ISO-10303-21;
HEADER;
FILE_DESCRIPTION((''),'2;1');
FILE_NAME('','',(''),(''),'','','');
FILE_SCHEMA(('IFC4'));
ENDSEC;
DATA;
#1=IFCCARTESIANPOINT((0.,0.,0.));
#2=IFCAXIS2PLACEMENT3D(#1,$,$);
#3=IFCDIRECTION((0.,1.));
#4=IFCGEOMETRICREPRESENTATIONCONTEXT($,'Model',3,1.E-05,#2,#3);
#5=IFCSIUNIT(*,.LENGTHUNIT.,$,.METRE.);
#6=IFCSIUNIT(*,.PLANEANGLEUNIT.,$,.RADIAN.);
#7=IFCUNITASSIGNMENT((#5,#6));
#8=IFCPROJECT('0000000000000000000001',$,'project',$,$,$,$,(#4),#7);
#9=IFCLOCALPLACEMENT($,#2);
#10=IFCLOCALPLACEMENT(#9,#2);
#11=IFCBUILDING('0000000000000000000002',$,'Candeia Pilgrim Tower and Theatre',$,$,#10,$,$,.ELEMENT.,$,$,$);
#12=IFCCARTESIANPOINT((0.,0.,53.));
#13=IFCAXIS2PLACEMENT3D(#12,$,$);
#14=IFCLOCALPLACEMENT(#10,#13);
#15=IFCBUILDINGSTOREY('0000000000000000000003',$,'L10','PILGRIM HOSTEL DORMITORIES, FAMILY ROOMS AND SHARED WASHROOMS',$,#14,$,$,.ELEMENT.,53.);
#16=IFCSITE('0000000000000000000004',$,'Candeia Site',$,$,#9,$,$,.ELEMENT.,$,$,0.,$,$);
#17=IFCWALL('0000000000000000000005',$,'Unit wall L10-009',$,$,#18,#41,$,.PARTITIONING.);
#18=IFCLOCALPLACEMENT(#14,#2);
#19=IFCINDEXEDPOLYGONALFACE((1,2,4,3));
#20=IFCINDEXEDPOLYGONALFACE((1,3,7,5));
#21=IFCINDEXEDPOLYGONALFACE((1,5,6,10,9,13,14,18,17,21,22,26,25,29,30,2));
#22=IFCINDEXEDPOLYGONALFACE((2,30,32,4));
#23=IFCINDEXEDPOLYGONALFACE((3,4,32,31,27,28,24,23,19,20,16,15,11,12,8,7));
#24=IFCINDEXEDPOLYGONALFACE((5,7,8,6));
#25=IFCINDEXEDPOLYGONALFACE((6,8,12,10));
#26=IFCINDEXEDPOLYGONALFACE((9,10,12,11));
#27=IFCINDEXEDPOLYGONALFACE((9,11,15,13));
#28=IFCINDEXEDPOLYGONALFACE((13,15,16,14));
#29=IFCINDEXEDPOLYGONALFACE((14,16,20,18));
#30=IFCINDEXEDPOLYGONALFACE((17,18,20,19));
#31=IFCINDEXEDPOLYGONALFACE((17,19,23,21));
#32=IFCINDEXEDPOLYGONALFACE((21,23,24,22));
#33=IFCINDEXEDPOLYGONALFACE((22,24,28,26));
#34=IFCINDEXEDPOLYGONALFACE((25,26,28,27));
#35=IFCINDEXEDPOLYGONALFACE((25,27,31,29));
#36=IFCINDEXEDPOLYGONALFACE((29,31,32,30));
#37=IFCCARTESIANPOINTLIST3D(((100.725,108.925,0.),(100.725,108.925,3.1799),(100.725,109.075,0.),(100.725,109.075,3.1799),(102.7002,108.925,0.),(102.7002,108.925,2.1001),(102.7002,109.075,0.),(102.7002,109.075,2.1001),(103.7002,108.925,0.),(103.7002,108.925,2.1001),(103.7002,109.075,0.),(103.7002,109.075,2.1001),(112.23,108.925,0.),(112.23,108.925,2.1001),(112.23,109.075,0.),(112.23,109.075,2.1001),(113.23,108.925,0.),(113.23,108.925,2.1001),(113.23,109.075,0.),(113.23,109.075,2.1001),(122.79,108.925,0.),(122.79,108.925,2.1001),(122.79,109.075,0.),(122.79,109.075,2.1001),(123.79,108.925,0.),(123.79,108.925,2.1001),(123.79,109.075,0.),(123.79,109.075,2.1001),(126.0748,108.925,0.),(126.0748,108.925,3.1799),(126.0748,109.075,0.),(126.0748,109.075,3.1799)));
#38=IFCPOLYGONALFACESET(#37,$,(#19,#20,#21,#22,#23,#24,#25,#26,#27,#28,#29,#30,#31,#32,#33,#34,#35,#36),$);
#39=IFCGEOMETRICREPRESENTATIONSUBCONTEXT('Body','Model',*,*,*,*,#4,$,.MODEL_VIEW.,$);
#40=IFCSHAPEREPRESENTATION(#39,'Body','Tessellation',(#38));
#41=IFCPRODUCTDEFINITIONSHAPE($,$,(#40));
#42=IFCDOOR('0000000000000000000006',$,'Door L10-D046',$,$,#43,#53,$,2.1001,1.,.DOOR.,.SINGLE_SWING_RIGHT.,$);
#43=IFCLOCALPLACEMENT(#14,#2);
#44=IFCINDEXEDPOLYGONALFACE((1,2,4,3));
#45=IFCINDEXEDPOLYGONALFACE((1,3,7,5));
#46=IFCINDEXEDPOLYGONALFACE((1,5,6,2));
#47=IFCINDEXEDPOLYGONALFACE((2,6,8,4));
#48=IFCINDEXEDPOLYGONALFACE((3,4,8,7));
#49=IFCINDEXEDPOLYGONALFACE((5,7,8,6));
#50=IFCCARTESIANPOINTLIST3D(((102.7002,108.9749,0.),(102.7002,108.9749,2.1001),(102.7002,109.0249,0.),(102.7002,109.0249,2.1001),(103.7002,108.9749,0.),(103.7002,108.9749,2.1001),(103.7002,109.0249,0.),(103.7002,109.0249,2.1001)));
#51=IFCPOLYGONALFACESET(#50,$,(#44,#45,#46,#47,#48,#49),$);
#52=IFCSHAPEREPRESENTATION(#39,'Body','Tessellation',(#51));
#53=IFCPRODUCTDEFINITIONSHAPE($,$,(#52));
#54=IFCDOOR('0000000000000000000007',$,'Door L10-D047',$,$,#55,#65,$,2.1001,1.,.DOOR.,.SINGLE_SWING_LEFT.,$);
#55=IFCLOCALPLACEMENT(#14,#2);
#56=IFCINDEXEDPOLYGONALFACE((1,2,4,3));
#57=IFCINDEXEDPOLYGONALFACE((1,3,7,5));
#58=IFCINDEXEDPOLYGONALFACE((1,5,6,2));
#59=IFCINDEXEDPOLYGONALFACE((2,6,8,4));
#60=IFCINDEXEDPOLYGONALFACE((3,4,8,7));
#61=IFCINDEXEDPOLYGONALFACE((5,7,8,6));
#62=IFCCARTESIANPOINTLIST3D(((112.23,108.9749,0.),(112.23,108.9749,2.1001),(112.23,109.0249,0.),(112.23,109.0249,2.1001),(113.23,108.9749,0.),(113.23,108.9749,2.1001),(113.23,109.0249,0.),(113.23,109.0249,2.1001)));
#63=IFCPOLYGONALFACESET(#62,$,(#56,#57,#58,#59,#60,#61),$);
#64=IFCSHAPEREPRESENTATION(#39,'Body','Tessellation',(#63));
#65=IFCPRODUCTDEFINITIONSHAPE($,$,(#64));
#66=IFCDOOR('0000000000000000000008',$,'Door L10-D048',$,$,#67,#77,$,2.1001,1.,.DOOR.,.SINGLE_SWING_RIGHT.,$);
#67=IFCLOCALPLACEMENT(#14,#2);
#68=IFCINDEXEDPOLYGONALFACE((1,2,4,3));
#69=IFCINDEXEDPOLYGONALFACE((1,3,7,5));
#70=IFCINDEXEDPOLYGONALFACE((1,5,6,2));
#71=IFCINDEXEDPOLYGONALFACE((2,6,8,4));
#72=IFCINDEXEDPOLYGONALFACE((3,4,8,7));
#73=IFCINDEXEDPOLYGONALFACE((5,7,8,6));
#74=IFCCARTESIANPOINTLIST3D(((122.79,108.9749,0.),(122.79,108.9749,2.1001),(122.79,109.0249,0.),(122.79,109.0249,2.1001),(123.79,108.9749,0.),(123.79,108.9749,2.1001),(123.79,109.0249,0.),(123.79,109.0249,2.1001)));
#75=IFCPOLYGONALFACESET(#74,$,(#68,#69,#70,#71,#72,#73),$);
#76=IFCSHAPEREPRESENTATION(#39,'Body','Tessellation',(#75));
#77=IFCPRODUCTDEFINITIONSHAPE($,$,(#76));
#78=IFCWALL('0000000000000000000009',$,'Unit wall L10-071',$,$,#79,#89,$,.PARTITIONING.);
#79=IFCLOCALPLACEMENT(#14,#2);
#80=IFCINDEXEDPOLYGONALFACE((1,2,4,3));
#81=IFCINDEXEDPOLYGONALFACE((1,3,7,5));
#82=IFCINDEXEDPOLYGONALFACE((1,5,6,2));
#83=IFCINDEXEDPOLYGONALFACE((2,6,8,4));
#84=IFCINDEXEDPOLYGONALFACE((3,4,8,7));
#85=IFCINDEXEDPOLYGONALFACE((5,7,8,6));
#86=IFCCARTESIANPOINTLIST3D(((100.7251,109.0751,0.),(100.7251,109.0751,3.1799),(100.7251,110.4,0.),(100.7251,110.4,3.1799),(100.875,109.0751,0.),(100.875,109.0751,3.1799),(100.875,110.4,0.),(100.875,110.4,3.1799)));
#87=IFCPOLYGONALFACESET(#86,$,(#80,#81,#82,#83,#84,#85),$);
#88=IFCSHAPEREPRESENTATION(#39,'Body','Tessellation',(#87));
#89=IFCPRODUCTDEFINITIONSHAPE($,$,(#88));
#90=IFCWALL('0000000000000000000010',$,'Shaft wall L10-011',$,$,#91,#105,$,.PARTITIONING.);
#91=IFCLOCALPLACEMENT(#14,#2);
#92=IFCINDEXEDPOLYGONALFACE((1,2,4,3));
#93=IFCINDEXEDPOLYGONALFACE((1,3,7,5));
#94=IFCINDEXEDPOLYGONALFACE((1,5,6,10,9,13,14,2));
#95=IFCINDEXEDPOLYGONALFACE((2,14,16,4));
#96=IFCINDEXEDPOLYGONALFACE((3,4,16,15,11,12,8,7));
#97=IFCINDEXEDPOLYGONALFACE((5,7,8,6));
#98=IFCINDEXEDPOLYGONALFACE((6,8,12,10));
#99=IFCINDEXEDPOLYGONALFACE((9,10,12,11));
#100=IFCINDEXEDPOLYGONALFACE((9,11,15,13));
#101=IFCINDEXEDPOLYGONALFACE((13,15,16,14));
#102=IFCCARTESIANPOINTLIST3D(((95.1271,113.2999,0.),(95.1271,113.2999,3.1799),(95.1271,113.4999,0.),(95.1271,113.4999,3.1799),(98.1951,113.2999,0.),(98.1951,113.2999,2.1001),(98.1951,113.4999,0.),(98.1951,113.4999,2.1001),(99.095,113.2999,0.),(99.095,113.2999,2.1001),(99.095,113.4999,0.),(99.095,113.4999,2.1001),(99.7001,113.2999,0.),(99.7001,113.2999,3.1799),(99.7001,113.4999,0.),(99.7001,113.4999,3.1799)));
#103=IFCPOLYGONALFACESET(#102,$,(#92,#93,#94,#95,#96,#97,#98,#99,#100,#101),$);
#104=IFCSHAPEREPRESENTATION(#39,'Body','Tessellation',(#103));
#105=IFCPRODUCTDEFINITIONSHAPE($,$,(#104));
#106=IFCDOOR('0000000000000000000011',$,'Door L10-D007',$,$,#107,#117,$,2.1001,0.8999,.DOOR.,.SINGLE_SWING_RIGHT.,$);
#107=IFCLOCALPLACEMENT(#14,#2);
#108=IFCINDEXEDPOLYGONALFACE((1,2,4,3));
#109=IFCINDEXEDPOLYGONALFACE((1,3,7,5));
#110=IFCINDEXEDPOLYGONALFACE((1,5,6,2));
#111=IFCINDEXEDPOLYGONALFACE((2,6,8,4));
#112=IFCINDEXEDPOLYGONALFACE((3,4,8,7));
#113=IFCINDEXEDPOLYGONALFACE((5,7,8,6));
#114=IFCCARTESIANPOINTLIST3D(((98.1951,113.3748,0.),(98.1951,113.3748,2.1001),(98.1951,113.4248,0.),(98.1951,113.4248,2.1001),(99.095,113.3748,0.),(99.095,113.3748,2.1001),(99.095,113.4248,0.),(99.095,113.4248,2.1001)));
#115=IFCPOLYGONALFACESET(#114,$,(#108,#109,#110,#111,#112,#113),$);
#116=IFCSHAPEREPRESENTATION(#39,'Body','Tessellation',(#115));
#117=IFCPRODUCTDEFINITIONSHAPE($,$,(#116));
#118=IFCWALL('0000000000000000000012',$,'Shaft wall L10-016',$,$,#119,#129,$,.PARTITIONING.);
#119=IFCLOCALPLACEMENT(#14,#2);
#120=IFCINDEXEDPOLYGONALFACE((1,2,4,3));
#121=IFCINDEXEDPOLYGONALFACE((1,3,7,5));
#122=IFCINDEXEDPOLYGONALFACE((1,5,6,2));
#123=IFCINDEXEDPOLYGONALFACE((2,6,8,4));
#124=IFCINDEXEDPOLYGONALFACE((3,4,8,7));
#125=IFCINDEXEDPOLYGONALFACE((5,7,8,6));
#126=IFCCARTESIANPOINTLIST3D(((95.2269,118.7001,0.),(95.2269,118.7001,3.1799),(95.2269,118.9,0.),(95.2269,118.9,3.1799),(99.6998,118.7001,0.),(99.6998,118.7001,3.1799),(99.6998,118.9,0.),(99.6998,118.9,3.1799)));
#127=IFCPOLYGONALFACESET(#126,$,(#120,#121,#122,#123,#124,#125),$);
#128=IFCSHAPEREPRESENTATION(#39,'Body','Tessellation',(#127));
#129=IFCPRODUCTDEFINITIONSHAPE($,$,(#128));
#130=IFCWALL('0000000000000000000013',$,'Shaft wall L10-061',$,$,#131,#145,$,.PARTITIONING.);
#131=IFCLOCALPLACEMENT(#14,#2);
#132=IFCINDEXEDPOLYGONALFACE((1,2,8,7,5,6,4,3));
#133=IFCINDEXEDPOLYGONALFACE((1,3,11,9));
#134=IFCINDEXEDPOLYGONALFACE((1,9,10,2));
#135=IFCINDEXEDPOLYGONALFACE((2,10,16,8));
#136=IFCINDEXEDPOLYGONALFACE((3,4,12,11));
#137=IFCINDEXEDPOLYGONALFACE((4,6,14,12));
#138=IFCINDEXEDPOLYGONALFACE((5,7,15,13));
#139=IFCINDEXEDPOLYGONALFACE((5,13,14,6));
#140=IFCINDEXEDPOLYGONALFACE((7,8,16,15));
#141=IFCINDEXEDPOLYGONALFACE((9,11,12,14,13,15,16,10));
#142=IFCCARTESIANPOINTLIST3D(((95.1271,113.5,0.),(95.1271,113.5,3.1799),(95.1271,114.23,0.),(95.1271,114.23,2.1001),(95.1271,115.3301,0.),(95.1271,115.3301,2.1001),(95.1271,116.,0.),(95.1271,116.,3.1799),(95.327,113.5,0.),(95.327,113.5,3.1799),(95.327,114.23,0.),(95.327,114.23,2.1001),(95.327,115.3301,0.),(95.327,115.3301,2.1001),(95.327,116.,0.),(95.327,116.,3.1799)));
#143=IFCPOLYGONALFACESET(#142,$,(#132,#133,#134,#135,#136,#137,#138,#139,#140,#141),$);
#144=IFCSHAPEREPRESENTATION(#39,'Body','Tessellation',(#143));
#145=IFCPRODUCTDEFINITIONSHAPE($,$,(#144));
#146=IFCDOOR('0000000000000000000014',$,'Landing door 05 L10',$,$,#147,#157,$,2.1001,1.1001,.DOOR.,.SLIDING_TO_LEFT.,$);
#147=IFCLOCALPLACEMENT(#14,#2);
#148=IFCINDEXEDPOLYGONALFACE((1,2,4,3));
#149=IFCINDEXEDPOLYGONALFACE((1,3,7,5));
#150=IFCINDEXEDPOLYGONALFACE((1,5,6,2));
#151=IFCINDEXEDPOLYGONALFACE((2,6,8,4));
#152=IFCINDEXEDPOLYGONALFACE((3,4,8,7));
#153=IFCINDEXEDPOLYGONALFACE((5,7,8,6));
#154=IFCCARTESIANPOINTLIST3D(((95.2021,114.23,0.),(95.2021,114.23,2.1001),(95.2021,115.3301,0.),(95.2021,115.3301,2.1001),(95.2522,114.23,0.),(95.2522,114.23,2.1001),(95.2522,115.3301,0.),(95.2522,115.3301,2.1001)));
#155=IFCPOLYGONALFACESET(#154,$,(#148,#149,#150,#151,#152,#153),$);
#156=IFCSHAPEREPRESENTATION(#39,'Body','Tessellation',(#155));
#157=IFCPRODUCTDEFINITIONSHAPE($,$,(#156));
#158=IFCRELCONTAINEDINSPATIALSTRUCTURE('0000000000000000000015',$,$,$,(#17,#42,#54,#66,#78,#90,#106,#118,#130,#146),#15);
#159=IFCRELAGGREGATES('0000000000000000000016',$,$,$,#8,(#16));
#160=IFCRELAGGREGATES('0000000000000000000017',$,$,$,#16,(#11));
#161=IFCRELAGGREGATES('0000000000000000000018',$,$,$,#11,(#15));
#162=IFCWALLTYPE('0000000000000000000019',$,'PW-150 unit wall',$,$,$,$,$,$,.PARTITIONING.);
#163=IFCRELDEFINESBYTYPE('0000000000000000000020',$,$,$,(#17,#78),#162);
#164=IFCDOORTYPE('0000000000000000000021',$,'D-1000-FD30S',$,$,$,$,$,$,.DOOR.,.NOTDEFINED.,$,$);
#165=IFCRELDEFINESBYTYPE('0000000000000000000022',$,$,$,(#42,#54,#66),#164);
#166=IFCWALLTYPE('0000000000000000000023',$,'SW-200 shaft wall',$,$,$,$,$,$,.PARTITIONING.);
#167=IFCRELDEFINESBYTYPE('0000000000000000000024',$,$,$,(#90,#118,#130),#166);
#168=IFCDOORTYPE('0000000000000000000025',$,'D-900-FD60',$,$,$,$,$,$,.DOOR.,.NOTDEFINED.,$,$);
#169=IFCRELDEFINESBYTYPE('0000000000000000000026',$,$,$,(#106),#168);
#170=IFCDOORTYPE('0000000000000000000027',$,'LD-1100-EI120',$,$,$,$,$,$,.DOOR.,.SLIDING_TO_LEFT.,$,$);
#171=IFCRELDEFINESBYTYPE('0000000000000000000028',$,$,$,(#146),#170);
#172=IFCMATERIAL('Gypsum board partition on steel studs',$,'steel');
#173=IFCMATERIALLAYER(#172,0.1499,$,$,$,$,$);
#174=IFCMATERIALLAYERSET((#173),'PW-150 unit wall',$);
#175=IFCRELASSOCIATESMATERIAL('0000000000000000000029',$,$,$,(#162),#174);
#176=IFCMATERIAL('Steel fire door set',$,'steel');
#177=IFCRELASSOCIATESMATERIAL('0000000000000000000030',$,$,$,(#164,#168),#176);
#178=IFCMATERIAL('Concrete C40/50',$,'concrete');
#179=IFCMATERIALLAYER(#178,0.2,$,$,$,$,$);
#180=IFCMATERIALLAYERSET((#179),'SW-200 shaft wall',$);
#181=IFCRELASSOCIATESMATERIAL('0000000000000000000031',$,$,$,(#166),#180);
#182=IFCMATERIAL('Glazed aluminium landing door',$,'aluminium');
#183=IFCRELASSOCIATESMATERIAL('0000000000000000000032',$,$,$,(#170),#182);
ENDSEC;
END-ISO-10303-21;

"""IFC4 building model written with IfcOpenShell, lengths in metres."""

from ifc_helpers import new_model, si_unit, direction, frame, frame_2d, origin, place, context, subcontext, project, spatial, rectangle, extrude, material, layer, layer_set, type_object, element, fill, save


model = new_model("IFC4")

# Units and contexts
model_context = context("Model", 3, precision=1e-05, world=origin(), true_north=direction((0.0, 1.0)))
body_context = subcontext(model_context, "Body", "Model", "MODEL_VIEW")
ifc_project = project(units=[si_unit("LENGTHUNIT", "METRE"), si_unit("PLANEANGLEUNIT", "RADIAN")], contexts=[model_context])

# Site, building, storey
site_placement = place(None, origin())
site = spatial("IfcSite", under=ifc_project, at=site_placement, Name="Candeia Site", CompositionType="ELEMENT", RefElevation=0.0)
building_placement = place(site_placement, origin())
building = spatial("IfcBuilding", under=site, at=building_placement, Name="Candeia Pilgrim Tower and Theatre", CompositionType="ELEMENT")
storey_placement = place(building_placement, frame((0.0, 0.0, 53.0)))
storey = spatial("IfcBuildingStorey", under=building, at=storey_placement, Name="L10", Description="PILGRIM HOSTEL DORMITORIES, FAMILY ROOMS AND SHARED WASHROOMS", CompositionType="ELEMENT", Elevation=53.0)

# Shared definitions
ifc_material_1 = material(Name="Steel fire door set", Category="steel")

# Shared definitions
ifc_material_2 = material(Name="Gypsum board partition on steel studs", Category="steel")

# Wall, openings, doors
ifc_layer_1 = layer(ifc_material_2, 0.1499)
ifc_layer_set_1 = layer_set([ifc_layer_1], Name="PW-150 unit wall")
wall_type_1 = type_object("IfcWallType", Name="PW-150 unit wall", PredefinedType="PARTITIONING", material=ifc_layer_set_1)
wall_1_placement = place(storey_placement, frame((100.7251, 109.0, 0.0), z_axis=(0.0, 0.0, 1.0), x_axis=(1.0, 0.0, 0.0)))
wall_1 = element("IfcWall", 1, at=wall_1_placement, inside=storey, type_object=wall_type_1, Name="Unit wall L10-009", PredefinedType="PARTITIONING", context=body_context, shape_type="SweptSolid", body=[
    extrude(rectangle(XDim=25.3499, YDim=0.1499, at=frame_2d((12.6748, 0.0))), origin(), (0.0, 0.0, 1.0), 3.1799),
])
opening_1_placement = place(wall_1_placement, frame((1.9751, 0.0, 0.0)))
opening_1 = element("IfcOpeningElement", 2, at=opening_1_placement, cuts=wall_1, PredefinedType="OPENING", context=body_context, shape_type="SweptSolid", body=[
    extrude(rectangle(XDim=1.0, YDim=2.1001, at=frame_2d((0.5, 1.05))), frame((0.0, 0.085, 0.0), z_axis=(0.0, -1.0, 0.0), x_axis=(1.0, 0.0, 0.0)), (0.0, 0.0, 1.0), 0.1699),
])
opening_2_placement = place(wall_1_placement, frame((11.5049, 0.0, 0.0)))
opening_2 = element("IfcOpeningElement", 3, at=opening_2_placement, cuts=wall_1, PredefinedType="OPENING", context=body_context, shape_type="SweptSolid", body=[
    extrude(rectangle(XDim=1.0, YDim=2.1001, at=frame_2d((0.5, 1.05))), frame((0.0, 0.085, 0.0), z_axis=(0.0, -1.0, 0.0), x_axis=(1.0, 0.0, 0.0)), (0.0, 0.0, 1.0), 0.1699),
])
opening_3_placement = place(wall_1_placement, frame((22.0649, 0.0, 0.0)))
opening_3 = element("IfcOpeningElement", 4, at=opening_3_placement, cuts=wall_1, PredefinedType="OPENING", context=body_context, shape_type="SweptSolid", body=[
    extrude(rectangle(XDim=1.0, YDim=2.1001, at=frame_2d((0.5, 1.05))), frame((0.0, 0.085, 0.0), z_axis=(0.0, -1.0, 0.0), x_axis=(1.0, 0.0, 0.0)), (0.0, 0.0, 1.0), 0.1699),
])
door_type_1 = type_object("IfcDoorType", Name="D-1000-FD30S", OperationType="NOTDEFINED", PredefinedType="DOOR", material=ifc_material_1)
door_1_placement = place(opening_1_placement, origin())
door_1 = element("IfcDoor", 5, at=door_1_placement, inside=storey, type_object=door_type_1, Name="Door L10-D046", OperationType="SINGLE_SWING_RIGHT", OverallHeight=2.1001, OverallWidth=1.0, PredefinedType="DOOR", context=body_context, shape_type="SweptSolid", body=[
    extrude(rectangle(XDim=1.0, YDim=2.1001, at=frame_2d((0.5, 1.05))), frame((0.0, 0.0249, 0.0), z_axis=(0.0, -1.0, 0.0), x_axis=(1.0, 0.0, 0.0)), (0.0, 0.0, 1.0), 0.05),
])
fill(opening_1, door_1)
door_2_placement = place(opening_2_placement, origin())
door_2 = element("IfcDoor", 6, at=door_2_placement, inside=storey, type_object=door_type_1, Name="Door L10-D047", OperationType="SINGLE_SWING_LEFT", OverallHeight=2.1001, OverallWidth=1.0, PredefinedType="DOOR", context=body_context, shape_type="SweptSolid", body=[
    extrude(rectangle(XDim=1.0, YDim=2.1001, at=frame_2d((0.5, 1.05))), frame((0.0, 0.0249, 0.0), z_axis=(0.0, -1.0, 0.0), x_axis=(1.0, 0.0, 0.0)), (0.0, 0.0, 1.0), 0.05),
])
fill(opening_2, door_2)
door_3_placement = place(opening_3_placement, origin())
door_3 = element("IfcDoor", 7, at=door_3_placement, inside=storey, type_object=door_type_1, Name="Door L10-D048", OperationType="SINGLE_SWING_RIGHT", OverallHeight=2.1001, OverallWidth=1.0, PredefinedType="DOOR", context=body_context, shape_type="SweptSolid", body=[
    extrude(rectangle(XDim=1.0, YDim=2.1001, at=frame_2d((0.5, 1.05))), frame((0.0, 0.0249, 0.0), z_axis=(0.0, -1.0, 0.0), x_axis=(1.0, 0.0, 0.0)), (0.0, 0.0, 1.0), 0.05),
])
fill(opening_3, door_3)

# Wall
wall_2_placement = place(storey_placement, frame((100.8, 109.075, 0.0), z_axis=(0.0, 0.0, 1.0), x_axis=(0.0, 1.0, 0.0)))
element("IfcWall", 8, at=wall_2_placement, inside=storey, type_object=wall_type_1, Name="Unit wall L10-071", PredefinedType="PARTITIONING", context=body_context, shape_type="SweptSolid", body=[
    extrude(rectangle(XDim=1.325, YDim=0.1499, at=frame_2d((0.6626, 0.0))), origin(), (0.0, 0.0, 1.0), 3.1799),
])

# Wall, opening, door
ifc_material_3 = material(Name="Concrete C40/50", Category="concrete")
ifc_layer_2 = layer(ifc_material_3, 0.2)
ifc_layer_set_2 = layer_set([ifc_layer_2], Name="SW-200 shaft wall")
wall_type_2 = type_object("IfcWallType", Name="SW-200 shaft wall", PredefinedType="PARTITIONING", material=ifc_layer_set_2)
wall_3_placement = place(storey_placement, frame((95.127, 113.3999, 0.0), z_axis=(0.0, 0.0, 1.0), x_axis=(1.0, 0.0, 0.0)))
wall_3 = element("IfcWall", 9, at=wall_3_placement, inside=storey, type_object=wall_type_2, Name="Shaft wall L10-011", PredefinedType="PARTITIONING", context=body_context, shape_type="SweptSolid", body=[
    extrude(rectangle(XDim=4.573, YDim=0.2, at=frame_2d((2.2866, 0.0))), origin(), (0.0, 0.0, 1.0), 3.1799),
])
opening_4_placement = place(wall_3_placement, frame((3.0681, 0.0, 0.0)))
opening_4 = element("IfcOpeningElement", 10, at=opening_4_placement, cuts=wall_3, PredefinedType="OPENING", context=body_context, shape_type="SweptSolid", body=[
    extrude(rectangle(XDim=0.8999, YDim=2.1001, at=frame_2d((0.45, 1.05))), frame((0.0, 0.1099, 0.0), z_axis=(0.0, -1.0, 0.0), x_axis=(1.0, 0.0, 0.0)), (0.0, 0.0, 1.0), 0.22),
])
door_type_2 = type_object("IfcDoorType", Name="D-900-FD60", OperationType="NOTDEFINED", PredefinedType="DOOR", material=ifc_material_1)
door_4_placement = place(opening_4_placement, origin())
door_4 = element("IfcDoor", 11, at=door_4_placement, inside=storey, type_object=door_type_2, Name="Door L10-D007", OperationType="SINGLE_SWING_RIGHT", OverallHeight=2.1001, OverallWidth=0.8999, PredefinedType="DOOR", context=body_context, shape_type="SweptSolid", body=[
    extrude(rectangle(XDim=0.8999, YDim=2.1001, at=frame_2d((0.45, 1.05))), frame((0.0, 0.0249, 0.0), z_axis=(0.0, -1.0, 0.0), x_axis=(1.0, 0.0, 0.0)), (0.0, 0.0, 1.0), 0.05),
])
fill(opening_4, door_4)

# Wall
wall_4_placement = place(storey_placement, frame((95.2271, 118.8, 0.0), z_axis=(0.0, 0.0, 1.0), x_axis=(1.0, 0.0, 0.0)))
element("IfcWall", 12, at=wall_4_placement, inside=storey, type_object=wall_type_2, Name="Shaft wall L10-016", PredefinedType="PARTITIONING", context=body_context, shape_type="SweptSolid", body=[
    extrude(rectangle(XDim=4.4729, YDim=0.2, at=frame_2d((2.2363, 0.0))), origin(), (0.0, 0.0, 1.0), 3.1799),
])

# Wall, opening, door
wall_5_placement = place(storey_placement, frame((95.2271, 113.5, 0.0), z_axis=(0.0, 0.0, 1.0), x_axis=(0.0, 1.0, 0.0)))
wall_5 = element("IfcWall", 13, at=wall_5_placement, inside=storey, type_object=wall_type_2, Name="Shaft wall L10-061", PredefinedType="PARTITIONING", context=body_context, shape_type="SweptSolid", body=[
    extrude(rectangle(XDim=2.5, YDim=0.2, at=frame_2d((1.25, 0.0))), origin(), (0.0, 0.0, 1.0), 3.1799),
])
opening_5_placement = place(wall_5_placement, frame((0.73, 0.0, 0.0)))
opening_5 = element("IfcOpeningElement", 14, at=opening_5_placement, cuts=wall_5, PredefinedType="OPENING", context=body_context, shape_type="SweptSolid", body=[
    extrude(rectangle(XDim=1.1001, YDim=2.1001, at=frame_2d((0.55, 1.05))), frame((0.0, 0.1099, 0.0), z_axis=(0.0, -1.0, 0.0), x_axis=(1.0, 0.0, 0.0)), (0.0, 0.0, 1.0), 0.22),
])
ifc_material_4 = material(Name="Glazed aluminium landing door", Category="aluminium")
door_type_3 = type_object("IfcDoorType", Name="LD-1100-EI120", OperationType="SLIDING_TO_LEFT", PredefinedType="DOOR", material=ifc_material_4)
door_5_placement = place(opening_5_placement, origin())
door_5 = element("IfcDoor", 15, at=door_5_placement, inside=storey, type_object=door_type_3, Name="Landing door 05 L10", OperationType="SLIDING_TO_LEFT", OverallHeight=2.1001, OverallWidth=1.1001, PredefinedType="DOOR", context=body_context, shape_type="SweptSolid", body=[
    extrude(rectangle(XDim=1.1001, YDim=2.1001, at=frame_2d((0.55, 1.05))), frame((0.0, 0.0249, 0.0), z_axis=(0.0, -1.0, 0.0), x_axis=(1.0, 0.0, 0.0)), (0.0, 0.0, 1.0), 0.05),
])
fill(opening_5, door_5)

save(model, "model.ifc")
